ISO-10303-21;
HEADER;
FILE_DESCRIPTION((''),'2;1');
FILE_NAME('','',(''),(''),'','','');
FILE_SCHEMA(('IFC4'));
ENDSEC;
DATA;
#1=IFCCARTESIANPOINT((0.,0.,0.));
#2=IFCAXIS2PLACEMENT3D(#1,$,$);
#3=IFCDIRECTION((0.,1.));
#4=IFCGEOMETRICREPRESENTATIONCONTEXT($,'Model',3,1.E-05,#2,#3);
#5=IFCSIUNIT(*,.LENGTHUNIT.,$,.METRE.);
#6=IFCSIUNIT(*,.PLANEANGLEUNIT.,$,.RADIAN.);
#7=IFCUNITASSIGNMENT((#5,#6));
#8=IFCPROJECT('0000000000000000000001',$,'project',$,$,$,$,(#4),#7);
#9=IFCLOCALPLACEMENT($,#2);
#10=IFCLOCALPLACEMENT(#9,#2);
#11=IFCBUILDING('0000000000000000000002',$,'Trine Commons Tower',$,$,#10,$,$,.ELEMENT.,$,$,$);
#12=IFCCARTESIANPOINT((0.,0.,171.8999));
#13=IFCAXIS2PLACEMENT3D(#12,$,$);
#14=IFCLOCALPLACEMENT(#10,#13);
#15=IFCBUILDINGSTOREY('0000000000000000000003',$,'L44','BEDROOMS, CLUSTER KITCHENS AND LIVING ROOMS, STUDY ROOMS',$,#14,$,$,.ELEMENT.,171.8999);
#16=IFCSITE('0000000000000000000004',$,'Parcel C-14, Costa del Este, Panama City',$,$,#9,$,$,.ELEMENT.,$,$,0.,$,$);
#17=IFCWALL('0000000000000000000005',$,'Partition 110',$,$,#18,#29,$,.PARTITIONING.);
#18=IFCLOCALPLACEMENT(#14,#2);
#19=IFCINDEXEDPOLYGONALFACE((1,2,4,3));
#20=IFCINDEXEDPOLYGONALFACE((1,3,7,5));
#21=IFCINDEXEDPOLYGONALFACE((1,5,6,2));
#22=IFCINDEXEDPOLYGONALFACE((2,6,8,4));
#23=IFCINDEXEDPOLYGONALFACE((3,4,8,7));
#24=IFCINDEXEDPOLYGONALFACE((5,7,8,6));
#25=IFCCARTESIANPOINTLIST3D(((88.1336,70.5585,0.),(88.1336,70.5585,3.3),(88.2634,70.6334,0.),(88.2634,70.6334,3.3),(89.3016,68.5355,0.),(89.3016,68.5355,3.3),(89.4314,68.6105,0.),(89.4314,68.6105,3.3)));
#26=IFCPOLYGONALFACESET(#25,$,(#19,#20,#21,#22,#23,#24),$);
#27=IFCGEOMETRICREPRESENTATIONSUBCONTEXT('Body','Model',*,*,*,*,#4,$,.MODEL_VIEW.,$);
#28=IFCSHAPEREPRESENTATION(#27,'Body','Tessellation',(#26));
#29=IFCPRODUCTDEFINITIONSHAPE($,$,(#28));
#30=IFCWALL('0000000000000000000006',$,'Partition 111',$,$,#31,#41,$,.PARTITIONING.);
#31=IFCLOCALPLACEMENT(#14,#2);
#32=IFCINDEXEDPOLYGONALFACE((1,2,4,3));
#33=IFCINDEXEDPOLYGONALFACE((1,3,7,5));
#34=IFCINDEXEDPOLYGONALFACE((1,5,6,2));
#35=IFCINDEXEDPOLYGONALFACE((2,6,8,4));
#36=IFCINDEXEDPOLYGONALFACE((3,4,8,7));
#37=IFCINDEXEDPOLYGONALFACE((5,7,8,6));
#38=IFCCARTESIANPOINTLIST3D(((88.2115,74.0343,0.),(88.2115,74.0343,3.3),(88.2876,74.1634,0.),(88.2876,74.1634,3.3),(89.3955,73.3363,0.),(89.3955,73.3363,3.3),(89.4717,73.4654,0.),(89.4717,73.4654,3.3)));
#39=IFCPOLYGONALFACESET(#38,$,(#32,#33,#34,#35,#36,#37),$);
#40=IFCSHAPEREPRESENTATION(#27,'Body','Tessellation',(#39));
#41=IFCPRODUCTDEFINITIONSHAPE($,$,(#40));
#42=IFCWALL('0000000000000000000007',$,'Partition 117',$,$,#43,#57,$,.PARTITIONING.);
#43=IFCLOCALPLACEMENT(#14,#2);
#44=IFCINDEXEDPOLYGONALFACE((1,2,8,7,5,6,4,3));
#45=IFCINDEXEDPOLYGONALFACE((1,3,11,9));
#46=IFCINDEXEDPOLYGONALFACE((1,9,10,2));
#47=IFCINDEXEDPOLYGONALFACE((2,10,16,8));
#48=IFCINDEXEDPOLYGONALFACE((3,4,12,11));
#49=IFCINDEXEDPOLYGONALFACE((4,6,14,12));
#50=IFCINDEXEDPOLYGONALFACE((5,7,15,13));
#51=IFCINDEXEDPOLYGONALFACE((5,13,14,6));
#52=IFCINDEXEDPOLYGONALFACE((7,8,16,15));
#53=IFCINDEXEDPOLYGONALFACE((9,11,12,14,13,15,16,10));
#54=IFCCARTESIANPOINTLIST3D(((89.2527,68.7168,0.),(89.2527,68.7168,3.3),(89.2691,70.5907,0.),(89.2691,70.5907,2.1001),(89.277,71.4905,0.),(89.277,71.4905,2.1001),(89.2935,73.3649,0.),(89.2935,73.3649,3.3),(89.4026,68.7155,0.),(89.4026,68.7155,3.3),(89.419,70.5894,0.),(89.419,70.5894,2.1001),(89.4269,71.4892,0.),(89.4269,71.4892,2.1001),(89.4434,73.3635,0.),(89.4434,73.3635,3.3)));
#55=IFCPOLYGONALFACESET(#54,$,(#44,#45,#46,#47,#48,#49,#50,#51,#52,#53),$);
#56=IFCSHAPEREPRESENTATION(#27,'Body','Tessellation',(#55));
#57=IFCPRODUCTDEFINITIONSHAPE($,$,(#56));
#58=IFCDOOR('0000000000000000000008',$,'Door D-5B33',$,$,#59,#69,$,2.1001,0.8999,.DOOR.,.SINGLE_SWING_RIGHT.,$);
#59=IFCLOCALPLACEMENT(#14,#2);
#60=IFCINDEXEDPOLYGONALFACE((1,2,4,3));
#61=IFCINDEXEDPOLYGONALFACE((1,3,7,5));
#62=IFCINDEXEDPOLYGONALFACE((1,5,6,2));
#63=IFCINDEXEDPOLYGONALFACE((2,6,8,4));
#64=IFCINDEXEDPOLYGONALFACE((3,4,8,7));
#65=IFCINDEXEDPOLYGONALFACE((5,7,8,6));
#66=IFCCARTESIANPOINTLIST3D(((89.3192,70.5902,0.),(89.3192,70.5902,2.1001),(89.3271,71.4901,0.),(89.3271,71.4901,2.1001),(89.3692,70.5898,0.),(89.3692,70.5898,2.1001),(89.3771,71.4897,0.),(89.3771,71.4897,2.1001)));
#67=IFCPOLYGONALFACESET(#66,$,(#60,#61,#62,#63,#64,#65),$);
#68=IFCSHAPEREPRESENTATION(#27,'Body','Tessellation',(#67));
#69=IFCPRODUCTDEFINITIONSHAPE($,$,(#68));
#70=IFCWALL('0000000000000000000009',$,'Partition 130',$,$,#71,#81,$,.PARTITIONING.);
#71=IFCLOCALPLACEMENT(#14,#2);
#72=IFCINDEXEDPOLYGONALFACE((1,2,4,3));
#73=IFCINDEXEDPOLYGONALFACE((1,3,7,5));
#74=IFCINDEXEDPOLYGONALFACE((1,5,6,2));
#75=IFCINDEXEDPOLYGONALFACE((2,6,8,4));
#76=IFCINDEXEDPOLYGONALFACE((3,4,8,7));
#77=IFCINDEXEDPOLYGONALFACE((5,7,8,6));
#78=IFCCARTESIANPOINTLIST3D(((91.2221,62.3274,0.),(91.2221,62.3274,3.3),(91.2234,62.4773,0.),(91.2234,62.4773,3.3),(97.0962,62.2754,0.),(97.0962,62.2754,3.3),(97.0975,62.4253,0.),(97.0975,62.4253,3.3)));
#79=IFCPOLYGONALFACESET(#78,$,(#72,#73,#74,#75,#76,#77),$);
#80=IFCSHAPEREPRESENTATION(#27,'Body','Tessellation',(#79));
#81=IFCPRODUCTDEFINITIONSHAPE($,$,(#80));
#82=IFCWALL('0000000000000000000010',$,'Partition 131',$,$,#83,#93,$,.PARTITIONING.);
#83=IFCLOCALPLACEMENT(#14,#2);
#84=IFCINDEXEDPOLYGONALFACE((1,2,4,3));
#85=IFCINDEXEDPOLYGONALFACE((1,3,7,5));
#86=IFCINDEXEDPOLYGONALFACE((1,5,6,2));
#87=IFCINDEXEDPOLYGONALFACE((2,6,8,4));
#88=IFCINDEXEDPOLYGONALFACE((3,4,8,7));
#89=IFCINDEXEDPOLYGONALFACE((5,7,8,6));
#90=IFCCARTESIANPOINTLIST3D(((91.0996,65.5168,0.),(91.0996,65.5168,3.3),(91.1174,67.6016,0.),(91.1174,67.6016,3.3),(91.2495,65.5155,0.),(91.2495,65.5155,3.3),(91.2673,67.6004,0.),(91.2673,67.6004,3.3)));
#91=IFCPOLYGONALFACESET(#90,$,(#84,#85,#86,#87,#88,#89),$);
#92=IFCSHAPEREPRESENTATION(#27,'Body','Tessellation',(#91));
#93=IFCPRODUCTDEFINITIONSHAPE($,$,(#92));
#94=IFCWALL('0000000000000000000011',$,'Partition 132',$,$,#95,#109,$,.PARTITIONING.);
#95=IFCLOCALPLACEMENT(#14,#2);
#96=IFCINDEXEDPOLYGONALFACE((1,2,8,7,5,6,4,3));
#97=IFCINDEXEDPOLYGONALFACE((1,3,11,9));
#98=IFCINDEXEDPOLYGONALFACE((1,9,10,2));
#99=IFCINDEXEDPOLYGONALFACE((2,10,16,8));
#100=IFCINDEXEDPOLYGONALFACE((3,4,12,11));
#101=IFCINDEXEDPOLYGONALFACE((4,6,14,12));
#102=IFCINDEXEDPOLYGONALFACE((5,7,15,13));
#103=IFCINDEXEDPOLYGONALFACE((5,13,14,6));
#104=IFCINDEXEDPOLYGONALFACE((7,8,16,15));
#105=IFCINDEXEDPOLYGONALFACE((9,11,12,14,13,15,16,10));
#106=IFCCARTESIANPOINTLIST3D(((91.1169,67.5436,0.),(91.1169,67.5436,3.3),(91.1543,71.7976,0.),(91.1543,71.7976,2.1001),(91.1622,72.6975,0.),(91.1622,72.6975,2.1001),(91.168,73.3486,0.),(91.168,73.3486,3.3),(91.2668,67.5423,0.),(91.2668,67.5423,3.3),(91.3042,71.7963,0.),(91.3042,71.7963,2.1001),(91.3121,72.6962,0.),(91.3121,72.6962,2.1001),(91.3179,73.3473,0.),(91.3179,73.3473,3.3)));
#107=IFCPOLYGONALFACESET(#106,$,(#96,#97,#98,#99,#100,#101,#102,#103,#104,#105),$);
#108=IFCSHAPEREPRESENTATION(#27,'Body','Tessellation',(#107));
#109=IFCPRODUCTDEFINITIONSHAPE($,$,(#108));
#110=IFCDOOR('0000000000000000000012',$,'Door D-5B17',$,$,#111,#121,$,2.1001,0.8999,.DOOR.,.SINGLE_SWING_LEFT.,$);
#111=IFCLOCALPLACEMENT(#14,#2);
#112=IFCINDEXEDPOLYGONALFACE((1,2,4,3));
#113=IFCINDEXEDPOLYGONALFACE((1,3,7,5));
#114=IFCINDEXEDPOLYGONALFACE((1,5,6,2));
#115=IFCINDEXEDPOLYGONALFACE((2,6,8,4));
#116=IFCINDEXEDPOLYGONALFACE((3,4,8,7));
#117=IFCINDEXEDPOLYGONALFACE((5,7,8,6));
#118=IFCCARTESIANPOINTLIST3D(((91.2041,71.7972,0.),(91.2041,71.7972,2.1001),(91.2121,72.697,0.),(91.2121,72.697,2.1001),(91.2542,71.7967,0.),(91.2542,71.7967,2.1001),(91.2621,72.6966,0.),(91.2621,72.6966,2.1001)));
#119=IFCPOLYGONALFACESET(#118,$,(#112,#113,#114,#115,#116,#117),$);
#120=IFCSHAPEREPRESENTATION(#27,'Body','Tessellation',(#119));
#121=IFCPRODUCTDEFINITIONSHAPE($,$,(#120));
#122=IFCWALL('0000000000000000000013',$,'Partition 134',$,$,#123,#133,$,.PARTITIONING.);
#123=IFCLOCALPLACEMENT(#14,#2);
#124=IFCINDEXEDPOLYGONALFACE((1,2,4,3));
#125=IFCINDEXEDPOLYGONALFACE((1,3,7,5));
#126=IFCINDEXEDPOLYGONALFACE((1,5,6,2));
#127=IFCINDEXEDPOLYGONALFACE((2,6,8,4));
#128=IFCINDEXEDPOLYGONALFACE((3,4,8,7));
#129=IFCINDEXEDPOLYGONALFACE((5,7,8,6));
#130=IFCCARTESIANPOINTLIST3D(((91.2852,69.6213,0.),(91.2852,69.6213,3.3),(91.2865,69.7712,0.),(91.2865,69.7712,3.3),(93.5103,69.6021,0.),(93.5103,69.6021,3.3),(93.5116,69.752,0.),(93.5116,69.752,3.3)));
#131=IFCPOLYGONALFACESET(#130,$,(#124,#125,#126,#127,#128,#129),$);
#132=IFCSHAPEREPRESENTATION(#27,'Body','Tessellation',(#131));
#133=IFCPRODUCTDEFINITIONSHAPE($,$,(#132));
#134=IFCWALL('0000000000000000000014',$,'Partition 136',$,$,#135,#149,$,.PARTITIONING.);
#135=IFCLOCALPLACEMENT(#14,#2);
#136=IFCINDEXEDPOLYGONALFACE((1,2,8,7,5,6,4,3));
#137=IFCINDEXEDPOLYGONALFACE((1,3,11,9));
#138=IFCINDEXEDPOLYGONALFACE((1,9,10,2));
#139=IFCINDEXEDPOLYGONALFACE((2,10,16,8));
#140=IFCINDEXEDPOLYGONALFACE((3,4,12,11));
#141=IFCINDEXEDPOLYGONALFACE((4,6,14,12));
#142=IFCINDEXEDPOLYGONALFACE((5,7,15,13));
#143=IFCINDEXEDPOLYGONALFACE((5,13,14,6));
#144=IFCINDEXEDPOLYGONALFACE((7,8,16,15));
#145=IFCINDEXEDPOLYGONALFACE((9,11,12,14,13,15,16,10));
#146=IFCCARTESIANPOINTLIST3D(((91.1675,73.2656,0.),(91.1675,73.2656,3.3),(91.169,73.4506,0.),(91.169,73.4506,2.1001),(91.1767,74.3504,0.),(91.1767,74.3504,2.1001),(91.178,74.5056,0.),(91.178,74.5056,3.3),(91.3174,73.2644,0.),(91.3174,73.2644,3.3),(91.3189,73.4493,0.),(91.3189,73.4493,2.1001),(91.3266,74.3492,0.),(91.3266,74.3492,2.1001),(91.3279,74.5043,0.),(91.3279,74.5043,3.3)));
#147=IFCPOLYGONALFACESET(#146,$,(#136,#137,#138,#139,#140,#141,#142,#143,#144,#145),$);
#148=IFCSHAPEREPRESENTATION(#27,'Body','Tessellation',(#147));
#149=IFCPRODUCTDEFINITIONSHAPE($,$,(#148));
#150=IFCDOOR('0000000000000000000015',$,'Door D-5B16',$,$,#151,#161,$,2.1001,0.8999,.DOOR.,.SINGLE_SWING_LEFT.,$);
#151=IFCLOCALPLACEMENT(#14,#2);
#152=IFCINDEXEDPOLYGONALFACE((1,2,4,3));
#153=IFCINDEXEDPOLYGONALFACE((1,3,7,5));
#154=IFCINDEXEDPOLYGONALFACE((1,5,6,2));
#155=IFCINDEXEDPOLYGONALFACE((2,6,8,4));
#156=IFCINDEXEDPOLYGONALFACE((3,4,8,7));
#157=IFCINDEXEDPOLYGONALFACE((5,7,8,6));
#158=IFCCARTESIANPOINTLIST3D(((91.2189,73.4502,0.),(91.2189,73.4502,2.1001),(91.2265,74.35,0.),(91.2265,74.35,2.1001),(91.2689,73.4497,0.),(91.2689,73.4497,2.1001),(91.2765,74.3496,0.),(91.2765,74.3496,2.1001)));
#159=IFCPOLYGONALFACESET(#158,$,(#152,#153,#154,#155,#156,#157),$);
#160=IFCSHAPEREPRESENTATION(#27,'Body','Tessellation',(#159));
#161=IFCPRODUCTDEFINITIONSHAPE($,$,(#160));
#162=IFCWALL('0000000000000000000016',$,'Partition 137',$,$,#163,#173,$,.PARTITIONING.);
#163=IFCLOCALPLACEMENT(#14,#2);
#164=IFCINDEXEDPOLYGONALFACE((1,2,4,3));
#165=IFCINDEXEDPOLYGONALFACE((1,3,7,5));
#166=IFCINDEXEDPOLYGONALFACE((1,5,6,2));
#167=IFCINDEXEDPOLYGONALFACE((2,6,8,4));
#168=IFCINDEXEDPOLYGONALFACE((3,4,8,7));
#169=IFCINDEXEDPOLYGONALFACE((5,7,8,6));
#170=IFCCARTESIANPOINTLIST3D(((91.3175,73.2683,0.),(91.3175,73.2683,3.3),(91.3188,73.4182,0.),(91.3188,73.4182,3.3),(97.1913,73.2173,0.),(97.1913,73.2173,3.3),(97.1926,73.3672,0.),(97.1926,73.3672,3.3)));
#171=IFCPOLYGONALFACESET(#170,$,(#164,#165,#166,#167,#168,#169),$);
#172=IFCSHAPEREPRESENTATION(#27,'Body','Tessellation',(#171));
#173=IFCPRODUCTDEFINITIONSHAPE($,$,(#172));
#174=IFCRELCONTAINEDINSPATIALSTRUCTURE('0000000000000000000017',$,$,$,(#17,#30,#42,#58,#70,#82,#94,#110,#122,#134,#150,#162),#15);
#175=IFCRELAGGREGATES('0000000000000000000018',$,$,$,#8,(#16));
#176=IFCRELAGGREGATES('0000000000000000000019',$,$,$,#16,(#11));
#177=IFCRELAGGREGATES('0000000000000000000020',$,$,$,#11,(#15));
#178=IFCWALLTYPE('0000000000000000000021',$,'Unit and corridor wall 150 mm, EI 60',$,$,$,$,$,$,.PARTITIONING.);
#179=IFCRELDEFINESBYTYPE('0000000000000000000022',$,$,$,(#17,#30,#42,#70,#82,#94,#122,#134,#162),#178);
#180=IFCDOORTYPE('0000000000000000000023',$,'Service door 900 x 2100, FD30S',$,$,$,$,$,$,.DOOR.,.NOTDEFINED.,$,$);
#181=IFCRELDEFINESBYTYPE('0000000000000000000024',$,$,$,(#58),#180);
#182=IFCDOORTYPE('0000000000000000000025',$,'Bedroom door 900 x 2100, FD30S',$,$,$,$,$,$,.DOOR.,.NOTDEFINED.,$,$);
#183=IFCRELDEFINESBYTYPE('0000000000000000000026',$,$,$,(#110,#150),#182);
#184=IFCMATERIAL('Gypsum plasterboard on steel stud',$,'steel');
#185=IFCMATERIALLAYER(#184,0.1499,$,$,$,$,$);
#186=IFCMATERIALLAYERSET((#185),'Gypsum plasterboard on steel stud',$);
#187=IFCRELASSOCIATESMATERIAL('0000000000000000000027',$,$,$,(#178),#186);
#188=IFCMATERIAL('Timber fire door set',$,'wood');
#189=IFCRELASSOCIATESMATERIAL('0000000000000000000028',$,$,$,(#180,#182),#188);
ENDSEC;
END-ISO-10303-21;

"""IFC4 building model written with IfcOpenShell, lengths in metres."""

from ifc_helpers import new_model, si_unit, direction, frame, frame_2d, origin, place, context, subcontext, project, spatial, rectangle, extrude, material, layer, layer_set, type_object, element, fill, save


model = new_model("IFC4")

# Units and contexts
model_context = context("Model", 3, precision=1e-05, world=origin(), true_north=direction((0.0, 1.0)))
body_context = subcontext(model_context, "Body", "Model", "MODEL_VIEW")
ifc_project = project(units=[si_unit("LENGTHUNIT", "METRE"), si_unit("PLANEANGLEUNIT", "RADIAN")], contexts=[model_context])

# Site, building, storey
site_placement = place(None, origin())
site = spatial("IfcSite", under=ifc_project, at=site_placement, Name="Parcel C-14, Costa del Este, Panama City", CompositionType="ELEMENT", RefElevation=0.0)
building_placement = place(site_placement, origin())
building = spatial("IfcBuilding", under=site, at=building_placement, Name="Trine Commons Tower", CompositionType="ELEMENT")
storey_placement = place(building_placement, frame((0.0, 0.0, 171.8999)))
storey = spatial("IfcBuildingStorey", under=building, at=storey_placement, Name="L44", Description="BEDROOMS, CLUSTER KITCHENS AND LIVING ROOMS, STUDY ROOMS", CompositionType="ELEMENT", Elevation=171.8999)

# Walls
ifc_material_1 = material(Name="Gypsum plasterboard on steel stud", Category="steel")
ifc_layer_1 = layer(ifc_material_1, 0.1499)
ifc_layer_set_1 = layer_set([ifc_layer_1], Name="Gypsum plasterboard on steel stud")
wall_type_1 = type_object("IfcWallType", Name="Unit and corridor wall 150 mm, EI 60", PredefinedType="PARTITIONING", material=ifc_layer_set_1)
wall_1_placement = place(storey_placement, frame((88.1985, 70.5959, 0.0), z_axis=(0.0, 0.0, 1.0), x_axis=(0.500006, -0.866022, 0.0)))
element("IfcWall", 1, at=wall_1_placement, inside=storey, type_object=wall_type_1, Name="Partition 110", PredefinedType="PARTITIONING", context=body_context, shape_type="SweptSolid", body=[
    extrude(rectangle(XDim=2.3359, YDim=0.1499, at=frame_2d((1.168, 0.0))), origin(), (0.0, 0.0, 1.0), 3.3),
])
wall_2_placement = place(storey_placement, frame((88.2495, 74.0989, 0.0), z_axis=(0.0, 0.0, 1.0), x_axis=(0.861464, -0.507819, 0.0)))
element("IfcWall", 2, at=wall_2_placement, inside=storey, type_object=wall_type_1, Name="Partition 111", PredefinedType="PARTITIONING", context=body_context, shape_type="SweptSolid", body=[
    extrude(rectangle(XDim=1.3745, YDim=0.1499, at=frame_2d((0.6873, 0.0))), origin(), (0.0, 0.0, 1.0), 3.3),
])

# Wall, opening, door
wall_3_placement = place(storey_placement, frame((89.3276, 68.7161, 0.0), z_axis=(0.0, 0.0, 1.0), x_axis=(0.008772, 0.999962, 0.0)))
wall_3 = element("IfcWall", 3, at=wall_3_placement, inside=storey, type_object=wall_type_1, Name="Partition 117", PredefinedType="PARTITIONING", context=body_context, shape_type="SweptSolid", body=[
    extrude(rectangle(XDim=4.6482, YDim=0.1499, at=frame_2d((2.3242, 0.0))), origin(), (0.0, 0.0, 1.0), 3.3),
])
opening_1_placement = place(wall_3_placement, frame((1.874, 0.0, 0.0)))
opening_1 = element("IfcOpeningElement", 4, at=opening_1_placement, cuts=wall_3, PredefinedType="OPENING", context=body_context, shape_type="SweptSolid", body=[
    extrude(rectangle(XDim=0.8999, YDim=2.1001, at=frame_2d((0.45, 1.05))), frame((0.0, 0.085, 0.0), z_axis=(0.0, -1.0, 0.0), x_axis=(1.0, 0.0, 0.0)), (0.0, 0.0, 1.0), 0.1699),
])
ifc_material_2 = material(Name="Timber fire door set", Category="wood")
door_type_1 = type_object("IfcDoorType", Name="Service door 900 x 2100, FD30S", OperationType="NOTDEFINED", PredefinedType="DOOR", material=ifc_material_2)
door_1_placement = place(opening_1_placement, origin())
door_1 = element("IfcDoor", 5, at=door_1_placement, inside=storey, type_object=door_type_1, Name="Door D-5B33", OperationType="SINGLE_SWING_RIGHT", OverallHeight=2.1001, OverallWidth=0.8999, PredefinedType="DOOR", context=body_context, shape_type="SweptSolid", body=[
    extrude(rectangle(XDim=0.8999, YDim=2.1001, at=frame_2d((0.45, 1.05))), frame((0.0, 0.0249, 0.0), z_axis=(0.0, -1.0, 0.0), x_axis=(1.0, 0.0, 0.0)), (0.0, 0.0, 1.0), 0.05),
])
fill(opening_1, door_1)

# Walls
wall_4_placement = place(storey_placement, frame((91.2229, 62.4023, 0.0), z_axis=(0.0, 0.0, 1.0), x_axis=(0.999961, -0.008853, 0.0)))
element("IfcWall", 6, at=wall_4_placement, inside=storey, type_object=wall_type_1, Name="Partition 130", PredefinedType="PARTITIONING", context=body_context, shape_type="SweptSolid", body=[
    extrude(rectangle(XDim=5.8743, YDim=0.1499, at=frame_2d((2.937, 0.0))), origin(), (0.0, 0.0, 1.0), 3.3),
])
wall_5_placement = place(storey_placement, frame((91.1746, 65.5161, 0.0), z_axis=(0.0, 0.0, 1.0), x_axis=(0.008548, 0.999963, 0.0)))
element("IfcWall", 7, at=wall_5_placement, inside=storey, type_object=wall_type_1, Name="Partition 131", PredefinedType="PARTITIONING", context=body_context, shape_type="SweptSolid", body=[
    extrude(rectangle(XDim=2.085, YDim=0.1499, at=frame_2d((1.0425, 0.0))), origin(), (0.0, 0.0, 1.0), 3.3),
])

# Wall, opening, door
wall_6_placement = place(storey_placement, frame((91.1919, 67.543, 0.0), z_axis=(0.0, 0.0, 1.0), x_axis=(0.00879, 0.999961, 0.0)))
wall_6 = element("IfcWall", 8, at=wall_6_placement, inside=storey, type_object=wall_type_1, Name="Partition 132", PredefinedType="PARTITIONING", context=body_context, shape_type="SweptSolid", body=[
    extrude(rectangle(XDim=5.8052, YDim=0.1499, at=frame_2d((2.9026, 0.0))), origin(), (0.0, 0.0, 1.0), 3.3),
])
opening_2_placement = place(wall_6_placement, frame((4.2542, 0.0, 0.0)))
opening_2 = element("IfcOpeningElement", 9, at=opening_2_placement, cuts=wall_6, PredefinedType="OPENING", context=body_context, shape_type="SweptSolid", body=[
    extrude(rectangle(XDim=0.8999, YDim=2.1001, at=frame_2d((0.45, 1.05))), frame((0.0, 0.085, 0.0), z_axis=(0.0, -1.0, 0.0), x_axis=(1.0, 0.0, 0.0)), (0.0, 0.0, 1.0), 0.1699),
])
door_type_2 = type_object("IfcDoorType", Name="Bedroom door 900 x 2100, FD30S", OperationType="NOTDEFINED", PredefinedType="DOOR", material=ifc_material_2)
door_2_placement = place(opening_2_placement, frame((0.8999, 0.0, 0.0), z_axis=(0.0, 0.0, 1.0), x_axis=(-1.0, 0.0, 0.0)))
door_2 = element("IfcDoor", 10, at=door_2_placement, inside=storey, type_object=door_type_2, Name="Door D-5B17", OperationType="SINGLE_SWING_LEFT", OverallHeight=2.1001, OverallWidth=0.8999, PredefinedType="DOOR", context=body_context, shape_type="SweptSolid", body=[
    extrude(rectangle(XDim=0.8999, YDim=2.1001, at=frame_2d((0.45, 1.05))), frame((0.0, 0.0249, 0.0), z_axis=(0.0, -1.0, 0.0), x_axis=(1.0, 0.0, 0.0)), (0.0, 0.0, 1.0), 0.05),
])
fill(opening_2, door_2)

# Wall
wall_7_placement = place(storey_placement, frame((91.2859, 69.6963, 0.0), z_axis=(0.0, 0.0, 1.0), x_axis=(0.999962, -0.008668, 0.0)))
element("IfcWall", 11, at=wall_7_placement, inside=storey, type_object=wall_type_1, Name="Partition 134", PredefinedType="PARTITIONING", context=body_context, shape_type="SweptSolid", body=[
    extrude(rectangle(XDim=2.2251, YDim=0.1499, at=frame_2d((1.1125, 0.0))), origin(), (0.0, 0.0, 1.0), 3.3),
])

# Wall, opening, door
wall_8_placement = place(storey_placement, frame((91.2424, 73.2649, 0.0), z_axis=(0.0, 0.0, 1.0), x_axis=(0.008466, 0.999964, 0.0)))
wall_8 = element("IfcWall", 12, at=wall_8_placement, inside=storey, type_object=wall_type_1, Name="Partition 136", PredefinedType="PARTITIONING", context=body_context, shape_type="SweptSolid", body=[
    extrude(rectangle(XDim=1.24, YDim=0.1499, at=frame_2d((0.6201, 0.0))), origin(), (0.0, 0.0, 1.0), 3.3),
])
opening_3_placement = place(wall_8_placement, frame((0.1851, 0.0, 0.0)))
opening_3 = element("IfcOpeningElement", 13, at=opening_3_placement, cuts=wall_8, PredefinedType="OPENING", context=body_context, shape_type="SweptSolid", body=[
    extrude(rectangle(XDim=0.8999, YDim=2.1001, at=frame_2d((0.45, 1.05))), frame((0.0, 0.085, 0.0), z_axis=(0.0, -1.0, 0.0), x_axis=(1.0, 0.0, 0.0)), (0.0, 0.0, 1.0), 0.1699),
])
door_3_placement = place(opening_3_placement, frame((0.8999, 0.0, 0.0), z_axis=(0.0, 0.0, 1.0), x_axis=(-1.0, 0.0, 0.0)))
door_3 = element("IfcDoor", 14, at=door_3_placement, inside=storey, type_object=door_type_2, Name="Door D-5B16", OperationType="SINGLE_SWING_LEFT", OverallHeight=2.1001, OverallWidth=0.8999, PredefinedType="DOOR", context=body_context, shape_type="SweptSolid", body=[
    extrude(rectangle(XDim=0.8999, YDim=2.1001, at=frame_2d((0.45, 1.05))), frame((0.0, 0.0249, 0.0), z_axis=(0.0, -1.0, 0.0), x_axis=(1.0, 0.0, 0.0)), (0.0, 0.0, 1.0), 0.05),
])
fill(opening_3, door_3)

# Wall
wall_9_placement = place(storey_placement, frame((91.3181, 73.3433, 0.0), z_axis=(0.0, 0.0, 1.0), x_axis=(0.999962, -0.008687, 0.0)))
element("IfcWall", 15, at=wall_9_placement, inside=storey, type_object=wall_type_1, Name="Partition 137", PredefinedType="PARTITIONING", context=body_context, shape_type="SweptSolid", body=[
    extrude(rectangle(XDim=5.874, YDim=0.1499, at=frame_2d((2.937, 0.0))), origin(), (0.0, 0.0, 1.0), 3.3),
])

save(model, "model.ifc")
